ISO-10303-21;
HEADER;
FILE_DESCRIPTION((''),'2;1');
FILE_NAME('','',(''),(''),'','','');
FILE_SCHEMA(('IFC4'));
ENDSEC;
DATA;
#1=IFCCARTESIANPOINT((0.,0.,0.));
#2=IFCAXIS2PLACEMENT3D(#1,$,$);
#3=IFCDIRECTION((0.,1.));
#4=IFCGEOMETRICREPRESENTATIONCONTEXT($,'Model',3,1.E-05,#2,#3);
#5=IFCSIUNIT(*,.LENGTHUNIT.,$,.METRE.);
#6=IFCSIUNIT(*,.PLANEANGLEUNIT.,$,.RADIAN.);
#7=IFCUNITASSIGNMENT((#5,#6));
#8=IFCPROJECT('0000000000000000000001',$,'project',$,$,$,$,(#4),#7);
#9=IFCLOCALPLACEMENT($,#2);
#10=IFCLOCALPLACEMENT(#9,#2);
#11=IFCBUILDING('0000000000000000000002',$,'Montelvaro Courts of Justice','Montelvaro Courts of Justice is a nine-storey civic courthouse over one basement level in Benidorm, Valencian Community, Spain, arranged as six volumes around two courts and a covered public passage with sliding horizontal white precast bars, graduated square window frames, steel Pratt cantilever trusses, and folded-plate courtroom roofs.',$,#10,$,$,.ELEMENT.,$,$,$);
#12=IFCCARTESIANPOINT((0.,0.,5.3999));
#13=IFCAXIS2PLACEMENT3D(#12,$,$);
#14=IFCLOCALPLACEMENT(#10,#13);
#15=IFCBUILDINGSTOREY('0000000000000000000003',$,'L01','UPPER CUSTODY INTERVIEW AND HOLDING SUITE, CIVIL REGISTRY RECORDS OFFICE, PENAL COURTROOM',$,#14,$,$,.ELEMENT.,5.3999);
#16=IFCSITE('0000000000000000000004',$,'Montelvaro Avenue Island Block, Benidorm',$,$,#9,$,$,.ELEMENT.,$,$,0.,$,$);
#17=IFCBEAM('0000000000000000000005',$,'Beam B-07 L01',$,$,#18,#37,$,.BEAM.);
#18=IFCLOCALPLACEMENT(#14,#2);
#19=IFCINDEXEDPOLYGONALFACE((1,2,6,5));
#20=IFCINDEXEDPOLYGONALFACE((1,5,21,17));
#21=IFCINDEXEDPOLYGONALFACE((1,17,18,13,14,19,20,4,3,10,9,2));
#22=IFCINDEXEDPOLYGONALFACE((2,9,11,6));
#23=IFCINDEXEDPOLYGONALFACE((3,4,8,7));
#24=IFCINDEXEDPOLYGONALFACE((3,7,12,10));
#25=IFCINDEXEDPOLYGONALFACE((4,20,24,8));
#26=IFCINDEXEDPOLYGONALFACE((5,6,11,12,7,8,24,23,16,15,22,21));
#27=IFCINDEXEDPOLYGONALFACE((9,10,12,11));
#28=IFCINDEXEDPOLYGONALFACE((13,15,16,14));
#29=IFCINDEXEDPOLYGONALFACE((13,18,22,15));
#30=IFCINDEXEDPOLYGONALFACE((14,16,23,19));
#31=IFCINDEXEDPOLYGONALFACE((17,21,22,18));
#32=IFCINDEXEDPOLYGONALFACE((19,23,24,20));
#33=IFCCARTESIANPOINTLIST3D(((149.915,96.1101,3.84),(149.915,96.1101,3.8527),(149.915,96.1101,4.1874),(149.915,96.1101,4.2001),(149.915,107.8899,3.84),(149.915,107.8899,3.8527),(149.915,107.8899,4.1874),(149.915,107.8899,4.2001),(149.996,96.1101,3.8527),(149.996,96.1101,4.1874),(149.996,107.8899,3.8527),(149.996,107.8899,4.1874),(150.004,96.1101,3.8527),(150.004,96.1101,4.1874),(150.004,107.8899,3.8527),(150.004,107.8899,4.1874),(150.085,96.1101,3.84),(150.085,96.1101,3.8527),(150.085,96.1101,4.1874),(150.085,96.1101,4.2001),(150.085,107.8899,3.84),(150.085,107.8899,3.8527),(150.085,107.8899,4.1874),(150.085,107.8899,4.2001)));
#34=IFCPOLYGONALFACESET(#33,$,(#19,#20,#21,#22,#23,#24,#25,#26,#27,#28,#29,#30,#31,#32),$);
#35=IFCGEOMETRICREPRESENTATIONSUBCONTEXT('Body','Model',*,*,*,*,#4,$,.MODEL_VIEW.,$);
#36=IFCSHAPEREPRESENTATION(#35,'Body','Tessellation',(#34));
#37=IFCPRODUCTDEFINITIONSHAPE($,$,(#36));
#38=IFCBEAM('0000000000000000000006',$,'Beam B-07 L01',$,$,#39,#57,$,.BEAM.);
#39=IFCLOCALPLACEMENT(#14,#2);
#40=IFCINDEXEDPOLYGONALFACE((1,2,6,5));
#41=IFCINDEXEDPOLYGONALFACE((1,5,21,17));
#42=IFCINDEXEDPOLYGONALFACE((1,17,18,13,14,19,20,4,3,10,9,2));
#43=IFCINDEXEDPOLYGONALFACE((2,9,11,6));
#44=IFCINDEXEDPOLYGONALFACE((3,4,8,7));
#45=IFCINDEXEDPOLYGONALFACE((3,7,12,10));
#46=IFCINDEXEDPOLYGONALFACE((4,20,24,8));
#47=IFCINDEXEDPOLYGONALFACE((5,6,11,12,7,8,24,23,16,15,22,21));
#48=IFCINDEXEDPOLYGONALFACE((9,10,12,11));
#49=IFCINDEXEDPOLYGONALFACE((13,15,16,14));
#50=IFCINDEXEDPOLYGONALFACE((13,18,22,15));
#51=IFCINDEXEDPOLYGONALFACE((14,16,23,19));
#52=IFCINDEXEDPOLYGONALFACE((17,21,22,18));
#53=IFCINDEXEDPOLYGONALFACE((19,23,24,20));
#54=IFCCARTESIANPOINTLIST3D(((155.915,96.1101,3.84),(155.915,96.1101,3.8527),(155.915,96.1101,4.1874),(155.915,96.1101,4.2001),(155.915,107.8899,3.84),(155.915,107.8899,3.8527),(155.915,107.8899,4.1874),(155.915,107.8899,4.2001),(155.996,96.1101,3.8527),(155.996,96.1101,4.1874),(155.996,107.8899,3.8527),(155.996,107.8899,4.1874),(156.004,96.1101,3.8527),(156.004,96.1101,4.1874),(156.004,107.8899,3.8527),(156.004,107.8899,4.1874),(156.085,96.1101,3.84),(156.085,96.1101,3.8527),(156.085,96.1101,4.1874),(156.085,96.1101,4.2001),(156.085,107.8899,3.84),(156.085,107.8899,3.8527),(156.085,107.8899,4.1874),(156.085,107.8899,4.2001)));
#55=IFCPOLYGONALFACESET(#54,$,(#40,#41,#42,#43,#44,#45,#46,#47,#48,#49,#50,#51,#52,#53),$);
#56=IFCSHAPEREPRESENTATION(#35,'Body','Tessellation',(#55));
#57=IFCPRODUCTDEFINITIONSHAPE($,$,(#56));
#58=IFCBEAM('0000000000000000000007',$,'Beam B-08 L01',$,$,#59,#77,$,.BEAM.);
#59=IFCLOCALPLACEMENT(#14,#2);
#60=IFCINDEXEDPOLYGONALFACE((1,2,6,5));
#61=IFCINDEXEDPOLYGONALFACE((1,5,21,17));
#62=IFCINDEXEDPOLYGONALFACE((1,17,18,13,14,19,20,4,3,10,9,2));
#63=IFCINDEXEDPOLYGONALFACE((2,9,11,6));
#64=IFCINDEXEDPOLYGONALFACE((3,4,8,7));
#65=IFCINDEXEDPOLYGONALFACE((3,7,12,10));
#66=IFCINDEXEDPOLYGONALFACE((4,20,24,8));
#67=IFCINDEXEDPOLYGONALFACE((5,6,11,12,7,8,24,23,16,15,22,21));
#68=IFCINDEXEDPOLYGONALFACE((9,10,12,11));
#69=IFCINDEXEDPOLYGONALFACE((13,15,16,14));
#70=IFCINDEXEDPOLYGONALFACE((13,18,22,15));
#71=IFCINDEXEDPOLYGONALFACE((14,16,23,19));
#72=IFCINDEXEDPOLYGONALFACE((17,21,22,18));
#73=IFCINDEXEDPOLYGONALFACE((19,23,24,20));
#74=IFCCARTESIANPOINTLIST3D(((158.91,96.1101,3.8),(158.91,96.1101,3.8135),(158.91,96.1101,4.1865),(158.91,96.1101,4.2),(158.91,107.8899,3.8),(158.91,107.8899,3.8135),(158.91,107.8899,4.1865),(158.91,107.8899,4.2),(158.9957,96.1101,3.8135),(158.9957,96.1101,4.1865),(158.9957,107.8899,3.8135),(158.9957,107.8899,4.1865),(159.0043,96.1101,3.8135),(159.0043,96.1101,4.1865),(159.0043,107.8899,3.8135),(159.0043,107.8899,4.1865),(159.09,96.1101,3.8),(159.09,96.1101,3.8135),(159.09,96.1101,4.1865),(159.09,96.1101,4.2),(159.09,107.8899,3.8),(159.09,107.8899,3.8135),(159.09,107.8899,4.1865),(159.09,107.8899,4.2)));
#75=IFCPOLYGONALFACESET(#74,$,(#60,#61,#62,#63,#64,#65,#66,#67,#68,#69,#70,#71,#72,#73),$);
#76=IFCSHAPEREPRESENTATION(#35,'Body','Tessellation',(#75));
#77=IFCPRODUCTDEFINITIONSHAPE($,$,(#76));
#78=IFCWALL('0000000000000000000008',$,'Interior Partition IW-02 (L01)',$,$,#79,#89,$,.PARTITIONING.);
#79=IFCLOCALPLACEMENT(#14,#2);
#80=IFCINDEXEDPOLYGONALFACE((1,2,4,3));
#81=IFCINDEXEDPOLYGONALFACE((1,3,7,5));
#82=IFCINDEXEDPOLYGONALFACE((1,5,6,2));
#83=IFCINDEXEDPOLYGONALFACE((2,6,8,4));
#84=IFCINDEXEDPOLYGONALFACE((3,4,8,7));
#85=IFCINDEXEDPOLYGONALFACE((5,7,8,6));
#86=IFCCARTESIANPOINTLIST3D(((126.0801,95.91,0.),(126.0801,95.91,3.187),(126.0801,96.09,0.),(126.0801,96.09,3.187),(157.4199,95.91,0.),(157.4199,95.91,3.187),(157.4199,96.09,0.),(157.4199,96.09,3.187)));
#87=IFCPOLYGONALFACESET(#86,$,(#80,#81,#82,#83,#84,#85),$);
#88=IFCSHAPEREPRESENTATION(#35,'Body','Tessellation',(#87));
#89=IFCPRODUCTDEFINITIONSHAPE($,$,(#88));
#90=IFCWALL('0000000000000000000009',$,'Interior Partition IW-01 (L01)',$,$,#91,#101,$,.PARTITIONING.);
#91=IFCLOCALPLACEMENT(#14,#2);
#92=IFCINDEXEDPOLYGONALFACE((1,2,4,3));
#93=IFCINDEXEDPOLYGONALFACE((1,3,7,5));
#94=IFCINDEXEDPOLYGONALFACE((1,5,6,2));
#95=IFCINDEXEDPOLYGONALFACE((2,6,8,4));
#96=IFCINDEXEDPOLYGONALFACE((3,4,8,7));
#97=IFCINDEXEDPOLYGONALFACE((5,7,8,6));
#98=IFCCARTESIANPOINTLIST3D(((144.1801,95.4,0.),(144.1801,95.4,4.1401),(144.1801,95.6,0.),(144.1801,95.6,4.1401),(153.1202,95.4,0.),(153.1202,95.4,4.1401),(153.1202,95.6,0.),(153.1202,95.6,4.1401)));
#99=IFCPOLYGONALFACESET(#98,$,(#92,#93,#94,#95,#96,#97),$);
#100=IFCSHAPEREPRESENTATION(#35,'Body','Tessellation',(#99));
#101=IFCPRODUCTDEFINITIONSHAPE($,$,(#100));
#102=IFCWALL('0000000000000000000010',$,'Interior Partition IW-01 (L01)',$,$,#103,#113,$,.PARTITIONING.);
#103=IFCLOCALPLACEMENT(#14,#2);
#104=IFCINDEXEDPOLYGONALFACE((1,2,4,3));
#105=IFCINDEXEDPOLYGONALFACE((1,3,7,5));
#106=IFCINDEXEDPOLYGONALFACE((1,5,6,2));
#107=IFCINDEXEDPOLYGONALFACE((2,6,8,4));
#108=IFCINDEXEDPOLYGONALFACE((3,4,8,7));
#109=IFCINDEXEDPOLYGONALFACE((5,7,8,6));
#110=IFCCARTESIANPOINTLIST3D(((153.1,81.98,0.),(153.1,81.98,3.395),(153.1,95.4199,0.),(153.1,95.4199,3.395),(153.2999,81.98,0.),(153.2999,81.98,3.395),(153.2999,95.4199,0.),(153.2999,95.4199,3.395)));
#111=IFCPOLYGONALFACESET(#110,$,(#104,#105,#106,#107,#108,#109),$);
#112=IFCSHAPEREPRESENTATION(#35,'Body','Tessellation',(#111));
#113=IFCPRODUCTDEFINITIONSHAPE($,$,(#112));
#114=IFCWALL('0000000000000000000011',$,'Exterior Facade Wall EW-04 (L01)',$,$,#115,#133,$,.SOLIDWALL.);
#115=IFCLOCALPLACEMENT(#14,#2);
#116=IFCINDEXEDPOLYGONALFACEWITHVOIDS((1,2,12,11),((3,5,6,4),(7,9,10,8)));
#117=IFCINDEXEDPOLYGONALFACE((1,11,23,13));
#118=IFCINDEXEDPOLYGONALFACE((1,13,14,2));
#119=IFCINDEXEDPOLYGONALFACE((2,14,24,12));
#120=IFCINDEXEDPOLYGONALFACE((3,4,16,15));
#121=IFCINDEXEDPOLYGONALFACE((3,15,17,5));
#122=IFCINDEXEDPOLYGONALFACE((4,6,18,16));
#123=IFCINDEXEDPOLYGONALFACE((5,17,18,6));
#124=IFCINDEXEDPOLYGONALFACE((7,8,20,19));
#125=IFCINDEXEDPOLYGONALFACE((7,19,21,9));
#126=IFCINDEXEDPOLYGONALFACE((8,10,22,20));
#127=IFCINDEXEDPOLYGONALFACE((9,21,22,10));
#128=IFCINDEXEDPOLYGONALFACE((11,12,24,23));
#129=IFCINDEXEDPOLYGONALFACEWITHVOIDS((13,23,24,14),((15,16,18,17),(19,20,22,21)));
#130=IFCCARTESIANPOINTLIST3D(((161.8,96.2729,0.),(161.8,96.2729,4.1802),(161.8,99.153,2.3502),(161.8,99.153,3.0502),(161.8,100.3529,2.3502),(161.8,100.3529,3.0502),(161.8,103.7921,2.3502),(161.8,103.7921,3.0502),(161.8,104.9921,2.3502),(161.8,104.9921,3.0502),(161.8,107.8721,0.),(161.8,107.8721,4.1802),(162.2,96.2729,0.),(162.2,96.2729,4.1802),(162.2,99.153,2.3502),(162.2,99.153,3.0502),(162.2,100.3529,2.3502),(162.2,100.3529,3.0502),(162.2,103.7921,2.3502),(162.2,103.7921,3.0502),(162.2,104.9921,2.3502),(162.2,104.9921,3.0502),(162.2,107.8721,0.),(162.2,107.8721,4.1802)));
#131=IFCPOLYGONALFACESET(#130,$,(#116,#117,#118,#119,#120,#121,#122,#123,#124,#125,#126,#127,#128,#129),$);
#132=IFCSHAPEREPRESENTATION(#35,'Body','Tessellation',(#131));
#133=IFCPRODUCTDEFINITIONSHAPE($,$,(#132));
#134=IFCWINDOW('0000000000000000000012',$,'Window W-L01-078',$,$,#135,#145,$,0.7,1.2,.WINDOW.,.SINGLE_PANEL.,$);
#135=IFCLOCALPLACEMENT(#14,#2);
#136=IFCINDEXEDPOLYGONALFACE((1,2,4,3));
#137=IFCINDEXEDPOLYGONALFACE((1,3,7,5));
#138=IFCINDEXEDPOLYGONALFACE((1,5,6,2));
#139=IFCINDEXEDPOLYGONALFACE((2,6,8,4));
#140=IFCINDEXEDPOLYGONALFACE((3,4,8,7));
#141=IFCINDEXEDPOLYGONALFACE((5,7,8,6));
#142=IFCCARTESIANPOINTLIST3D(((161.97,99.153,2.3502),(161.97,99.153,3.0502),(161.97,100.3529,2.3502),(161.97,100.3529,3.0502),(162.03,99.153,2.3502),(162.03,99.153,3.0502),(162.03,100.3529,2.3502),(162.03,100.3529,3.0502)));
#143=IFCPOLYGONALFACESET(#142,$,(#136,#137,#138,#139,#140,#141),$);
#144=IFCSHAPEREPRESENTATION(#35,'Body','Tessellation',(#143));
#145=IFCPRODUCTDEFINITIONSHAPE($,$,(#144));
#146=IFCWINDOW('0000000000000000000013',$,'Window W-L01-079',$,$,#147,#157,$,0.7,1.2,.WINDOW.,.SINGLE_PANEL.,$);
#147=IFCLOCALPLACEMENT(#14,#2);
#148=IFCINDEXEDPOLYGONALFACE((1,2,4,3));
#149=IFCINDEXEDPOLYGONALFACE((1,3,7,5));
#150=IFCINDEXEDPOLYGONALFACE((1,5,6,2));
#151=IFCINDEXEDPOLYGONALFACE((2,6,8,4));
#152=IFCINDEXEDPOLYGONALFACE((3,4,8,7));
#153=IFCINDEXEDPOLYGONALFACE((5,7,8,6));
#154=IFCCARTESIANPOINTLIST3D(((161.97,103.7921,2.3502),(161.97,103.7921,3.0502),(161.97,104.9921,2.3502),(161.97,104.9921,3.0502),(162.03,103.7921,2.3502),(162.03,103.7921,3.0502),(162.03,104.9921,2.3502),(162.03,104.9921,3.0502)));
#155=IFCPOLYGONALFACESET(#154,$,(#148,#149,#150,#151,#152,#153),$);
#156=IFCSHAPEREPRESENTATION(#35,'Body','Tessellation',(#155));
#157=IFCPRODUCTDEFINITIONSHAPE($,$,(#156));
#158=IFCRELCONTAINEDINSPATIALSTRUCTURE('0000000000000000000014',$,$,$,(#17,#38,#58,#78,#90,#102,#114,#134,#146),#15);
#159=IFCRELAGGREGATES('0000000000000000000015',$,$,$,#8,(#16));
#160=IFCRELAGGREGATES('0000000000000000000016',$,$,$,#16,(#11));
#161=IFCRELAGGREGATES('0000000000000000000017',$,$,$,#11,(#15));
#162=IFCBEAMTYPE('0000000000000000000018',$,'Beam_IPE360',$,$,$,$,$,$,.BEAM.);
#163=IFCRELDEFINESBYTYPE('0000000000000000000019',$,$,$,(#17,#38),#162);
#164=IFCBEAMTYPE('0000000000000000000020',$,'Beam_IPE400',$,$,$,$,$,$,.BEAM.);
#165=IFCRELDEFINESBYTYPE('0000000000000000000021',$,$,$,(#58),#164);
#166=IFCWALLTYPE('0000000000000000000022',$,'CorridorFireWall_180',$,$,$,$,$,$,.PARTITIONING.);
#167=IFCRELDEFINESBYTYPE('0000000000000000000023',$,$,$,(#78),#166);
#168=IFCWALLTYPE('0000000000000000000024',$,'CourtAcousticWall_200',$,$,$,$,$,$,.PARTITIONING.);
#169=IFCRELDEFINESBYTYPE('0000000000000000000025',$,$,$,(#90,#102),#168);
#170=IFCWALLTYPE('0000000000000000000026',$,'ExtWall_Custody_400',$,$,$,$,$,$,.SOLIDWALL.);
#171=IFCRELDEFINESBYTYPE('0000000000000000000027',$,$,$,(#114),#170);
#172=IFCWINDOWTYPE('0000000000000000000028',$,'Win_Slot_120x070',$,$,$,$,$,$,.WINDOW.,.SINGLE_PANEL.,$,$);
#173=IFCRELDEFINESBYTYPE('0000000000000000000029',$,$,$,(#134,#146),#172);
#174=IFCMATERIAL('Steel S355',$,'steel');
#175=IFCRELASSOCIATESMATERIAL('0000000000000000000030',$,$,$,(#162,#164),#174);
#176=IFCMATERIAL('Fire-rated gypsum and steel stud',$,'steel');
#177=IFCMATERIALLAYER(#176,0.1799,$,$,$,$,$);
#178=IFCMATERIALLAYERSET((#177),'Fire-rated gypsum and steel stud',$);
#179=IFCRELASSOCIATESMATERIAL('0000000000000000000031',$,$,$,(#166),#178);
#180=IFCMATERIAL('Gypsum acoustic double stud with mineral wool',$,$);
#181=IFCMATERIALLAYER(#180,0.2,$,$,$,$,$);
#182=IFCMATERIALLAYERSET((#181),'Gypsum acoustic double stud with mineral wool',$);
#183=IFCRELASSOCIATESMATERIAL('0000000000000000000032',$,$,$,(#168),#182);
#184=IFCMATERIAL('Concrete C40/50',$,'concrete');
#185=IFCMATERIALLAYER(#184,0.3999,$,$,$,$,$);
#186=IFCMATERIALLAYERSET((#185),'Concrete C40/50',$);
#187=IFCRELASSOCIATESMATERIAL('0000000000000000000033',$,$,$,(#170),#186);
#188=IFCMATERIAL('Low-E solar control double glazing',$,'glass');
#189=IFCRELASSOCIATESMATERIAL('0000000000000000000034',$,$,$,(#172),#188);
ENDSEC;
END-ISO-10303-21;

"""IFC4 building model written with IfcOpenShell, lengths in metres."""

from ifc_helpers import new_model, si_unit, direction, frame, frame_2d, origin, origin_2d, place, context, subcontext, project, spatial, rectangle, i_section, extrude, material, layer, layer_set, material_profile, profile_set, type_object, element, fill, save


model = new_model("IFC4")

# Units and contexts
model_context = context("Model", 3, precision=1e-05, world=origin(), true_north=direction((0.0, 1.0)))
body_context = subcontext(model_context, "Body", "Model", "MODEL_VIEW")
ifc_project = project(units=[si_unit("LENGTHUNIT", "METRE"), si_unit("PLANEANGLEUNIT", "RADIAN")], contexts=[model_context])

# Site, building, storey
site_placement = place(None, origin())
site = spatial("IfcSite", under=ifc_project, at=site_placement, Name="Montelvaro Avenue Island Block, Benidorm", CompositionType="ELEMENT", RefElevation=0.0)
building_placement = place(site_placement, origin())
building = spatial("IfcBuilding", under=site, at=building_placement, Name="Montelvaro Courts of Justice", Description="Montelvaro Courts of Justice is a nine-storey civic courthouse over one basement level in Benidorm, Valencian Community, Spain, arranged as six volumes around two courts and a covered public passage with sliding horizontal white precast bars, graduated square window frames, steel Pratt cantilever trusses, and folded-plate courtroom roofs.", CompositionType="ELEMENT")
storey_placement = place(building_placement, frame((0.0, 0.0, 5.3999)))
storey = spatial("IfcBuildingStorey", under=building, at=storey_placement, Name="L01", Description="UPPER CUSTODY INTERVIEW AND HOLDING SUITE, CIVIL REGISTRY RECORDS OFFICE, PENAL COURTROOM", CompositionType="ELEMENT", Elevation=5.3999)

# Shared definitions
ifc_material_1 = material(Name="Steel S355", Category="steel")

# Beams
ifc_material_profile_1 = material_profile(ifc_material_1, i_section(OverallWidth=0.1699, OverallDepth=0.3601, WebThickness=0.0081, FlangeThickness=0.0127, at=origin_2d()), Name="IPE 360")
ifc_profile_set_1 = profile_set([ifc_material_profile_1], Name="Steel S355")
beam_type_1 = type_object("IfcBeamType", Name="Beam_IPE360", PredefinedType="BEAM", material=ifc_profile_set_1)
for number, where, z_axis, x_axis, name in (
    (1, (150.0, 96.1101, 4.02), (0.0, 1.0, 0.0), (-1.0, 0.0, 0.0), "Beam B-07 L01"),
    (2, (156.0, 96.1101, 4.02), (0.0, 1.0, 0.0), (-1.0, 0.0, 0.0), "Beam B-07 L01"),
):
    element("IfcBeam", number, at=place(storey_placement, frame(where, z_axis=z_axis, x_axis=x_axis)), inside=storey, type_object=beam_type_1, Name=name, PredefinedType="BEAM", context=body_context, shape_type="SweptSolid", body=[
        extrude(i_section(OverallWidth=0.1699, OverallDepth=0.3601, WebThickness=0.0081, FlangeThickness=0.0127, at=origin_2d()), origin(), (0.0, 0.0, 1.0), 11.7798),
    ])
ifc_material_profile_2 = material_profile(ifc_material_1, i_section(OverallWidth=0.1799, OverallDepth=0.3999, WebThickness=0.0085, FlangeThickness=0.0134, at=origin_2d()), Name="IPE 400")
ifc_profile_set_2 = profile_set([ifc_material_profile_2], Name="Steel S355")
beam_type_2 = type_object("IfcBeamType", Name="Beam_IPE400", PredefinedType="BEAM", material=ifc_profile_set_2)
beam_1_placement = place(storey_placement, frame((159.0, 96.1101, 4.0), z_axis=(0.0, 1.0, 0.0), x_axis=(-1.0, 0.0, 0.0)))
element("IfcBeam", 3, at=beam_1_placement, inside=storey, type_object=beam_type_2, Name="Beam B-08 L01", PredefinedType="BEAM", context=body_context, shape_type="SweptSolid", body=[
    extrude(i_section(OverallWidth=0.1799, OverallDepth=0.3999, WebThickness=0.0085, FlangeThickness=0.0134, at=origin_2d()), origin(), (0.0, 0.0, 1.0), 11.7798),
])

# Wall
ifc_material_2 = material(Name="Fire-rated gypsum and steel stud", Category="steel")
ifc_layer_1 = layer(ifc_material_2, 0.1799)
ifc_layer_set_1 = layer_set([ifc_layer_1], Name="Fire-rated gypsum and steel stud")
wall_type_1 = type_object("IfcWallType", Name="CorridorFireWall_180", PredefinedType="PARTITIONING", material=ifc_layer_set_1)
wall_1_placement = place(storey_placement, frame((157.4199, 96.0, 0.0), z_axis=(0.0, 0.0, 1.0), x_axis=(-1.0, 0.0, 0.0)))
element("IfcWall", 4, at=wall_1_placement, inside=storey, type_object=wall_type_1, Name="Interior Partition IW-02 (L01)", PredefinedType="PARTITIONING", context=body_context, shape_type="SweptSolid", body=[
    extrude(rectangle(XDim=31.3398, YDim=0.1799, at=frame_2d((15.6699, 0.0))), origin(), (0.0, 0.0, 1.0), 3.187),
])

# Walls
ifc_material_3 = material(Name="Gypsum acoustic double stud with mineral wool")
ifc_layer_2 = layer(ifc_material_3, 0.2)
ifc_layer_set_2 = layer_set([ifc_layer_2], Name="Gypsum acoustic double stud with mineral wool")
wall_type_2 = type_object("IfcWallType", Name="CourtAcousticWall_200", PredefinedType="PARTITIONING", material=ifc_layer_set_2)
wall_2_placement = place(storey_placement, frame((144.1799, 95.5, 0.0), z_axis=(0.0, 0.0, 1.0), x_axis=(1.0, 0.0, 0.0)))
element("IfcWall", 5, at=wall_2_placement, inside=storey, type_object=wall_type_2, Name="Interior Partition IW-01 (L01)", PredefinedType="PARTITIONING", context=body_context, shape_type="SweptSolid", body=[
    extrude(rectangle(XDim=8.9402, YDim=0.2, at=frame_2d((4.4702, 0.0))), origin(), (0.0, 0.0, 1.0), 4.1401),
])
wall_3_placement = place(storey_placement, frame((153.2, 95.4199, 0.0), z_axis=(0.0, 0.0, 1.0), x_axis=(0.0, -1.0, 0.0)))
element("IfcWall", 6, at=wall_3_placement, inside=storey, type_object=wall_type_2, Name="Interior Partition IW-01 (L01)", PredefinedType="PARTITIONING", context=body_context, shape_type="SweptSolid", body=[
    extrude(rectangle(XDim=13.4399, YDim=0.2, at=frame_2d((6.72, 0.0))), origin(), (0.0, 0.0, 1.0), 3.395),
])

# Wall, openings, windows
ifc_material_4 = material(Name="Concrete C40/50", Category="concrete")
ifc_layer_3 = layer(ifc_material_4, 0.3999)
ifc_layer_set_3 = layer_set([ifc_layer_3], Name="Concrete C40/50")
wall_type_3 = type_object("IfcWallType", Name="ExtWall_Custody_400", PredefinedType="SOLIDWALL", material=ifc_layer_set_3)
wall_4_placement = place(storey_placement, frame((162.0, 96.2729, 0.0), z_axis=(0.0, 0.0, 1.0), x_axis=(0.0, 1.0, 0.0)))
wall_4 = element("IfcWall", 7, at=wall_4_placement, inside=storey, type_object=wall_type_3, Name="Exterior Facade Wall EW-04 (L01)", PredefinedType="SOLIDWALL", context=body_context, shape_type="SweptSolid", body=[
    extrude(rectangle(XDim=11.5991, YDim=0.3999, at=frame_2d((5.7996, 0.0))), origin(), (0.0, 0.0, 1.0), 4.1802),
])
opening_1_placement = place(wall_4_placement, frame((2.8799, 0.0, 2.3501)))
opening_1 = element("IfcOpeningElement", 8, at=opening_1_placement, cuts=wall_4, PredefinedType="OPENING", context=body_context, shape_type="SweptSolid", body=[
    extrude(rectangle(XDim=1.2, YDim=0.7, at=frame_2d((0.6001, 0.3501))), frame((0.0, 0.2148, 0.0), z_axis=(0.0, -1.0, 0.0), x_axis=(1.0, 0.0, 0.0)), (0.0, 0.0, 1.0), 0.4297),
])
opening_2_placement = place(wall_4_placement, frame((7.519, 0.0, 2.3501)))
opening_2 = element("IfcOpeningElement", 9, at=opening_2_placement, cuts=wall_4, PredefinedType="OPENING", context=body_context, shape_type="SweptSolid", body=[
    extrude(rectangle(XDim=1.2, YDim=0.7, at=frame_2d((0.6001, 0.3501))), frame((0.0, 0.2148, 0.0), z_axis=(0.0, -1.0, 0.0), x_axis=(1.0, 0.0, 0.0)), (0.0, 0.0, 1.0), 0.4297),
])
ifc_material_5 = material(Name="Low-E solar control double glazing", Category="glass")
window_type = type_object("IfcWindowType", Name="Win_Slot_120x070", PartitioningType="SINGLE_PANEL", PredefinedType="WINDOW", material=ifc_material_5)
window_1_placement = place(opening_1_placement, origin())
window_1 = element("IfcWindow", 10, at=window_1_placement, inside=storey, type_object=window_type, Name="Window W-L01-078", OverallHeight=0.7, OverallWidth=1.2, PartitioningType="SINGLE_PANEL", PredefinedType="WINDOW", context=body_context, shape_type="SweptSolid", body=[
    extrude(rectangle(XDim=1.2, YDim=0.7, at=frame_2d((0.6001, 0.3501))), frame((0.0, 0.03, 0.0), z_axis=(0.0, -1.0, 0.0), x_axis=(1.0, 0.0, 0.0)), (0.0, 0.0, 1.0), 0.0601),
])
fill(opening_1, window_1)
window_2_placement = place(opening_2_placement, origin())
window_2 = element("IfcWindow", 11, at=window_2_placement, inside=storey, type_object=window_type, Name="Window W-L01-079", OverallHeight=0.7, OverallWidth=1.2, PartitioningType="SINGLE_PANEL", PredefinedType="WINDOW", context=body_context, shape_type="SweptSolid", body=[
    extrude(rectangle(XDim=1.2, YDim=0.7, at=frame_2d((0.6001, 0.3501))), frame((0.0, 0.03, 0.0), z_axis=(0.0, -1.0, 0.0), x_axis=(1.0, 0.0, 0.0)), (0.0, 0.0, 1.0), 0.0601),
])
fill(opening_2, window_2)

save(model, "model.ifc")
